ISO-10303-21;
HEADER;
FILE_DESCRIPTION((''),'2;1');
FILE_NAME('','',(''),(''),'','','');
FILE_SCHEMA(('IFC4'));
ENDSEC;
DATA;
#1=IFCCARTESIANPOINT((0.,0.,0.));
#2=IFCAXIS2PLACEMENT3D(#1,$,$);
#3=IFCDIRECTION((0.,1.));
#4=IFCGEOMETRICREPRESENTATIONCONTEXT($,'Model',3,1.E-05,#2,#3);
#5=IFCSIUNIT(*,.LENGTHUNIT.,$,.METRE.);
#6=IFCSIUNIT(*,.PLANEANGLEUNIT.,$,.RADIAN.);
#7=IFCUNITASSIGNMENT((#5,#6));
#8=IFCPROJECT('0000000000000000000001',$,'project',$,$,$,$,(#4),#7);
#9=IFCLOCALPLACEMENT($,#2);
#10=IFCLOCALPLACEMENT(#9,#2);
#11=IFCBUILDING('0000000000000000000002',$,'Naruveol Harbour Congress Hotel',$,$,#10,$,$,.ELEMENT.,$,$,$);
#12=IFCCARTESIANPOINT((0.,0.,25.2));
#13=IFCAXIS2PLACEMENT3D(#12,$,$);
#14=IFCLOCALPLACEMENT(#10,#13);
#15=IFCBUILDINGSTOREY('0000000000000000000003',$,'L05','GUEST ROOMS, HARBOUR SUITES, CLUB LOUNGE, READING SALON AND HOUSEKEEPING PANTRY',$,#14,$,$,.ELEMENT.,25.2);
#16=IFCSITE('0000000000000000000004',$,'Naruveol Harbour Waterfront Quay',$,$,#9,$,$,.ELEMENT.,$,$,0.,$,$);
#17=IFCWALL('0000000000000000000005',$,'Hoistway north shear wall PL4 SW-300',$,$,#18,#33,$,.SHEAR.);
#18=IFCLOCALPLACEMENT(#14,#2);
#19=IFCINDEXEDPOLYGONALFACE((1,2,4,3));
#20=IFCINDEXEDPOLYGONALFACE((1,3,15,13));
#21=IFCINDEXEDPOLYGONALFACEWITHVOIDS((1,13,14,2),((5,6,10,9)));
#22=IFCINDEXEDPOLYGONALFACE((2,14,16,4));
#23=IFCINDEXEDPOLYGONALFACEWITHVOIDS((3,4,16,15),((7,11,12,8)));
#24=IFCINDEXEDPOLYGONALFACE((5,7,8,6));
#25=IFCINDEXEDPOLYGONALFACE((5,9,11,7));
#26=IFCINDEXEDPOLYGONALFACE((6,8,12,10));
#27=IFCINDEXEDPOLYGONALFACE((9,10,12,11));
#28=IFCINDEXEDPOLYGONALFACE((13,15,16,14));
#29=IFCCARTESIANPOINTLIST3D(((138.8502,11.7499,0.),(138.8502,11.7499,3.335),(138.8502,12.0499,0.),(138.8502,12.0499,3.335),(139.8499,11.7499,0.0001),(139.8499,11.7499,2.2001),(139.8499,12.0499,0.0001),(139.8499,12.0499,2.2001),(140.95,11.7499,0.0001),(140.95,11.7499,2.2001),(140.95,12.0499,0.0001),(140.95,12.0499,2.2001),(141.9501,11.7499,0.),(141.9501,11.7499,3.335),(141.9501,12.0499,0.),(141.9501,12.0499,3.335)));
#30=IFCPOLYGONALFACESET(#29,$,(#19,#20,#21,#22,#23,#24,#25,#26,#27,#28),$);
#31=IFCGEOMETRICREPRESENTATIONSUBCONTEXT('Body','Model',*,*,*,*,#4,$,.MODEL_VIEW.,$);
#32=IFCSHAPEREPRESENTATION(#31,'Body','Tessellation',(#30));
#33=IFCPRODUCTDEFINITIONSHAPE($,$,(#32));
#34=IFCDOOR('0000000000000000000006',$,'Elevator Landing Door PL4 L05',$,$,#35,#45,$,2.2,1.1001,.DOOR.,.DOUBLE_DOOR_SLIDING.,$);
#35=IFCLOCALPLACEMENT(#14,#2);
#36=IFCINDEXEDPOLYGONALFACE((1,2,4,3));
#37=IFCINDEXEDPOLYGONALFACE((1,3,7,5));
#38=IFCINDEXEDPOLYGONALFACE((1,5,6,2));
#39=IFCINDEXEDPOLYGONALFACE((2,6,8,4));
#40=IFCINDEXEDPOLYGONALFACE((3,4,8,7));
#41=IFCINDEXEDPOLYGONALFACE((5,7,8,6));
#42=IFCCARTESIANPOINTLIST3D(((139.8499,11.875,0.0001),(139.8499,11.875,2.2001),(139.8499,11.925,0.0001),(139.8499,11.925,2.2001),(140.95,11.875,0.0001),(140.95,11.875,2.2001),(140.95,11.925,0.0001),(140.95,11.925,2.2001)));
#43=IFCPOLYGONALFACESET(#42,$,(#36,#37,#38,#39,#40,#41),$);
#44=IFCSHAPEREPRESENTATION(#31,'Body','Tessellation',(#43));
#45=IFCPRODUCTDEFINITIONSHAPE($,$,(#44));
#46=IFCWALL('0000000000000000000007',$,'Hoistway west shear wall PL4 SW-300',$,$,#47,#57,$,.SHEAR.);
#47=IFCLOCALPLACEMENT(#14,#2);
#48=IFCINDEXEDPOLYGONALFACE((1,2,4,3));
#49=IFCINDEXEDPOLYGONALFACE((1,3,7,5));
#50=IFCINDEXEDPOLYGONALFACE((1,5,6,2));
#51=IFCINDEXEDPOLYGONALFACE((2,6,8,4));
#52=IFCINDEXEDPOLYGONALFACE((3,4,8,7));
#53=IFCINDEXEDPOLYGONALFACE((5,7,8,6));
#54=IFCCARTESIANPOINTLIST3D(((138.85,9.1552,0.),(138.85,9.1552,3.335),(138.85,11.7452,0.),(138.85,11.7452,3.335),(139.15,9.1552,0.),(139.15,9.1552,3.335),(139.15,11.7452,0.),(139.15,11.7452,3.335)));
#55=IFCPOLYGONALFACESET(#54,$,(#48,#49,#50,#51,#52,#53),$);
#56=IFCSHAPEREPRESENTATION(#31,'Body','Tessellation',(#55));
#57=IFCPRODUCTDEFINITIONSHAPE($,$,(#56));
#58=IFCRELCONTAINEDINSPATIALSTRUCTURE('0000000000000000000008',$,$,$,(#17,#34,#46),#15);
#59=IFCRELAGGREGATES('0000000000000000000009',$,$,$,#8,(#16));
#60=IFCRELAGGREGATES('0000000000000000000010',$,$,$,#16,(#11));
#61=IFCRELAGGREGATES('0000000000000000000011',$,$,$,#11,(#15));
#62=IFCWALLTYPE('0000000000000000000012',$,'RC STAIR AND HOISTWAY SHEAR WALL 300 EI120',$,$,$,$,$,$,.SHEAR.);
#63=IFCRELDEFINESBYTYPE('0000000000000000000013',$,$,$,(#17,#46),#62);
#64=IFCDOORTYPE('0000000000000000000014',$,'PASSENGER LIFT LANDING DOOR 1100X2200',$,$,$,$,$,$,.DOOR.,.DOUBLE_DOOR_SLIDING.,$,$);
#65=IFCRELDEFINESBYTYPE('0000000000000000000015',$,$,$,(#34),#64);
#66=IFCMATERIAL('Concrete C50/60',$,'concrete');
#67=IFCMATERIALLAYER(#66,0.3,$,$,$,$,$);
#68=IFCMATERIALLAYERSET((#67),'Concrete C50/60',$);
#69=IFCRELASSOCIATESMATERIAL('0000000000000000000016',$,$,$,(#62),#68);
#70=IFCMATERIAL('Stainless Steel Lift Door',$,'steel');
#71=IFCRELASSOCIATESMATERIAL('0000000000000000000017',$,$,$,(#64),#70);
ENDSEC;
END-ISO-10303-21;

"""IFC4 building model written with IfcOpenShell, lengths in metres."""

from ifc_helpers import new_model, si_unit, direction, frame, frame_2d, origin, place, context, subcontext, project, spatial, rectangle, extrude, material, layer, layer_set, type_object, element, fill, save


model = new_model("IFC4")

# Units and contexts
model_context = context("Model", 3, precision=1e-05, world=origin(), true_north=direction((0.0, 1.0)))
body_context = subcontext(model_context, "Body", "Model", "MODEL_VIEW")
ifc_project = project(units=[si_unit("LENGTHUNIT", "METRE"), si_unit("PLANEANGLEUNIT", "RADIAN")], contexts=[model_context])

# Site, building, storey
site_placement = place(None, origin())
site = spatial("IfcSite", under=ifc_project, at=site_placement, Name="Naruveol Harbour Waterfront Quay", CompositionType="ELEMENT", RefElevation=0.0)
building_placement = place(site_placement, origin())
building = spatial("IfcBuilding", under=site, at=building_placement, Name="Naruveol Harbour Congress Hotel", CompositionType="ELEMENT")
storey_placement = place(building_placement, frame((0.0, 0.0, 25.2)))
storey = spatial("IfcBuildingStorey", under=building, at=storey_placement, Name="L05", Description="GUEST ROOMS, HARBOUR SUITES, CLUB LOUNGE, READING SALON AND HOUSEKEEPING PANTRY", CompositionType="ELEMENT", Elevation=25.2)

# Shared definitions
ifc_material_1 = material(Name="Concrete C50/60", Category="concrete")
ifc_layer_1 = layer(ifc_material_1, 0.3)
ifc_layer_set_1 = layer_set([ifc_layer_1], Name="Concrete C50/60")
wall_type_1 = type_object("IfcWallType", Name="RC STAIR AND HOISTWAY SHEAR WALL 300 EI120", PredefinedType="SHEAR", material=ifc_layer_set_1)

# Shared definitions
ifc_material_2 = material(Name="Stainless Steel Lift Door", Category="steel")
door_type_1 = type_object("IfcDoorType", Name="PASSENGER LIFT LANDING DOOR 1100X2200", OperationType="DOUBLE_DOOR_SLIDING", PredefinedType="DOOR", material=ifc_material_2)

# Wall, opening, door
wall_1_placement = place(storey_placement, frame((141.95, 11.8999, 0.0), z_axis=(0.0, 0.0, 1.0), x_axis=(-1.0, 0.0, 0.0)))
wall_1 = element("IfcWall", 1, at=wall_1_placement, inside=storey, type_object=wall_type_1, Name="Hoistway north shear wall PL4 SW-300", PredefinedType="SHEAR", context=body_context, shape_type="SweptSolid", body=[
    extrude(rectangle(XDim=3.0999, YDim=0.3, at=frame_2d((1.5498, 0.0))), origin(), (0.0, 0.0, 1.0), 3.335),
])
opening_1_placement = place(wall_1_placement, frame((1.0, 0.0, 0.0)))
opening_1 = element("IfcOpeningElement", 2, at=opening_1_placement, cuts=wall_1, PredefinedType="OPENING", context=body_context, shape_type="SweptSolid", body=[
    extrude(rectangle(XDim=1.1001, YDim=2.2, at=frame_2d((0.55, 1.1001))), frame((0.0, 0.1599, 0.0), z_axis=(0.0, -1.0, 0.0), x_axis=(1.0, 0.0, 0.0)), (0.0, 0.0, 1.0), 0.3201),
])
door_1_placement = place(opening_1_placement, origin())
door_1 = element("IfcDoor", 3, at=door_1_placement, inside=storey, type_object=door_type_1, Name="Elevator Landing Door PL4 L05", OperationType="DOUBLE_DOOR_SLIDING", OverallHeight=2.2, OverallWidth=1.1001, PredefinedType="DOOR", context=body_context, shape_type="SweptSolid", body=[
    extrude(rectangle(XDim=1.1001, YDim=2.2, at=frame_2d((0.55, 1.1001))), frame((0.0, 0.0249, 0.0), z_axis=(0.0, -1.0, 0.0), x_axis=(1.0, 0.0, 0.0)), (0.0, 0.0, 1.0), 0.05),
])
fill(opening_1, door_1)

# Wall
wall_2_placement = place(storey_placement, frame((139.0, 11.7451, 0.0), z_axis=(0.0, 0.0, 1.0), x_axis=(0.0, -1.0, 0.0)))
element("IfcWall", 4, at=wall_2_placement, inside=storey, type_object=wall_type_1, Name="Hoistway west shear wall PL4 SW-300", PredefinedType="SHEAR", context=body_context, shape_type="SweptSolid", body=[
    extrude(rectangle(XDim=2.5901, YDim=0.3, at=frame_2d((1.2949, 0.0))), origin(), (0.0, 0.0, 1.0), 3.335),
])

save(model, "model.ifc")
